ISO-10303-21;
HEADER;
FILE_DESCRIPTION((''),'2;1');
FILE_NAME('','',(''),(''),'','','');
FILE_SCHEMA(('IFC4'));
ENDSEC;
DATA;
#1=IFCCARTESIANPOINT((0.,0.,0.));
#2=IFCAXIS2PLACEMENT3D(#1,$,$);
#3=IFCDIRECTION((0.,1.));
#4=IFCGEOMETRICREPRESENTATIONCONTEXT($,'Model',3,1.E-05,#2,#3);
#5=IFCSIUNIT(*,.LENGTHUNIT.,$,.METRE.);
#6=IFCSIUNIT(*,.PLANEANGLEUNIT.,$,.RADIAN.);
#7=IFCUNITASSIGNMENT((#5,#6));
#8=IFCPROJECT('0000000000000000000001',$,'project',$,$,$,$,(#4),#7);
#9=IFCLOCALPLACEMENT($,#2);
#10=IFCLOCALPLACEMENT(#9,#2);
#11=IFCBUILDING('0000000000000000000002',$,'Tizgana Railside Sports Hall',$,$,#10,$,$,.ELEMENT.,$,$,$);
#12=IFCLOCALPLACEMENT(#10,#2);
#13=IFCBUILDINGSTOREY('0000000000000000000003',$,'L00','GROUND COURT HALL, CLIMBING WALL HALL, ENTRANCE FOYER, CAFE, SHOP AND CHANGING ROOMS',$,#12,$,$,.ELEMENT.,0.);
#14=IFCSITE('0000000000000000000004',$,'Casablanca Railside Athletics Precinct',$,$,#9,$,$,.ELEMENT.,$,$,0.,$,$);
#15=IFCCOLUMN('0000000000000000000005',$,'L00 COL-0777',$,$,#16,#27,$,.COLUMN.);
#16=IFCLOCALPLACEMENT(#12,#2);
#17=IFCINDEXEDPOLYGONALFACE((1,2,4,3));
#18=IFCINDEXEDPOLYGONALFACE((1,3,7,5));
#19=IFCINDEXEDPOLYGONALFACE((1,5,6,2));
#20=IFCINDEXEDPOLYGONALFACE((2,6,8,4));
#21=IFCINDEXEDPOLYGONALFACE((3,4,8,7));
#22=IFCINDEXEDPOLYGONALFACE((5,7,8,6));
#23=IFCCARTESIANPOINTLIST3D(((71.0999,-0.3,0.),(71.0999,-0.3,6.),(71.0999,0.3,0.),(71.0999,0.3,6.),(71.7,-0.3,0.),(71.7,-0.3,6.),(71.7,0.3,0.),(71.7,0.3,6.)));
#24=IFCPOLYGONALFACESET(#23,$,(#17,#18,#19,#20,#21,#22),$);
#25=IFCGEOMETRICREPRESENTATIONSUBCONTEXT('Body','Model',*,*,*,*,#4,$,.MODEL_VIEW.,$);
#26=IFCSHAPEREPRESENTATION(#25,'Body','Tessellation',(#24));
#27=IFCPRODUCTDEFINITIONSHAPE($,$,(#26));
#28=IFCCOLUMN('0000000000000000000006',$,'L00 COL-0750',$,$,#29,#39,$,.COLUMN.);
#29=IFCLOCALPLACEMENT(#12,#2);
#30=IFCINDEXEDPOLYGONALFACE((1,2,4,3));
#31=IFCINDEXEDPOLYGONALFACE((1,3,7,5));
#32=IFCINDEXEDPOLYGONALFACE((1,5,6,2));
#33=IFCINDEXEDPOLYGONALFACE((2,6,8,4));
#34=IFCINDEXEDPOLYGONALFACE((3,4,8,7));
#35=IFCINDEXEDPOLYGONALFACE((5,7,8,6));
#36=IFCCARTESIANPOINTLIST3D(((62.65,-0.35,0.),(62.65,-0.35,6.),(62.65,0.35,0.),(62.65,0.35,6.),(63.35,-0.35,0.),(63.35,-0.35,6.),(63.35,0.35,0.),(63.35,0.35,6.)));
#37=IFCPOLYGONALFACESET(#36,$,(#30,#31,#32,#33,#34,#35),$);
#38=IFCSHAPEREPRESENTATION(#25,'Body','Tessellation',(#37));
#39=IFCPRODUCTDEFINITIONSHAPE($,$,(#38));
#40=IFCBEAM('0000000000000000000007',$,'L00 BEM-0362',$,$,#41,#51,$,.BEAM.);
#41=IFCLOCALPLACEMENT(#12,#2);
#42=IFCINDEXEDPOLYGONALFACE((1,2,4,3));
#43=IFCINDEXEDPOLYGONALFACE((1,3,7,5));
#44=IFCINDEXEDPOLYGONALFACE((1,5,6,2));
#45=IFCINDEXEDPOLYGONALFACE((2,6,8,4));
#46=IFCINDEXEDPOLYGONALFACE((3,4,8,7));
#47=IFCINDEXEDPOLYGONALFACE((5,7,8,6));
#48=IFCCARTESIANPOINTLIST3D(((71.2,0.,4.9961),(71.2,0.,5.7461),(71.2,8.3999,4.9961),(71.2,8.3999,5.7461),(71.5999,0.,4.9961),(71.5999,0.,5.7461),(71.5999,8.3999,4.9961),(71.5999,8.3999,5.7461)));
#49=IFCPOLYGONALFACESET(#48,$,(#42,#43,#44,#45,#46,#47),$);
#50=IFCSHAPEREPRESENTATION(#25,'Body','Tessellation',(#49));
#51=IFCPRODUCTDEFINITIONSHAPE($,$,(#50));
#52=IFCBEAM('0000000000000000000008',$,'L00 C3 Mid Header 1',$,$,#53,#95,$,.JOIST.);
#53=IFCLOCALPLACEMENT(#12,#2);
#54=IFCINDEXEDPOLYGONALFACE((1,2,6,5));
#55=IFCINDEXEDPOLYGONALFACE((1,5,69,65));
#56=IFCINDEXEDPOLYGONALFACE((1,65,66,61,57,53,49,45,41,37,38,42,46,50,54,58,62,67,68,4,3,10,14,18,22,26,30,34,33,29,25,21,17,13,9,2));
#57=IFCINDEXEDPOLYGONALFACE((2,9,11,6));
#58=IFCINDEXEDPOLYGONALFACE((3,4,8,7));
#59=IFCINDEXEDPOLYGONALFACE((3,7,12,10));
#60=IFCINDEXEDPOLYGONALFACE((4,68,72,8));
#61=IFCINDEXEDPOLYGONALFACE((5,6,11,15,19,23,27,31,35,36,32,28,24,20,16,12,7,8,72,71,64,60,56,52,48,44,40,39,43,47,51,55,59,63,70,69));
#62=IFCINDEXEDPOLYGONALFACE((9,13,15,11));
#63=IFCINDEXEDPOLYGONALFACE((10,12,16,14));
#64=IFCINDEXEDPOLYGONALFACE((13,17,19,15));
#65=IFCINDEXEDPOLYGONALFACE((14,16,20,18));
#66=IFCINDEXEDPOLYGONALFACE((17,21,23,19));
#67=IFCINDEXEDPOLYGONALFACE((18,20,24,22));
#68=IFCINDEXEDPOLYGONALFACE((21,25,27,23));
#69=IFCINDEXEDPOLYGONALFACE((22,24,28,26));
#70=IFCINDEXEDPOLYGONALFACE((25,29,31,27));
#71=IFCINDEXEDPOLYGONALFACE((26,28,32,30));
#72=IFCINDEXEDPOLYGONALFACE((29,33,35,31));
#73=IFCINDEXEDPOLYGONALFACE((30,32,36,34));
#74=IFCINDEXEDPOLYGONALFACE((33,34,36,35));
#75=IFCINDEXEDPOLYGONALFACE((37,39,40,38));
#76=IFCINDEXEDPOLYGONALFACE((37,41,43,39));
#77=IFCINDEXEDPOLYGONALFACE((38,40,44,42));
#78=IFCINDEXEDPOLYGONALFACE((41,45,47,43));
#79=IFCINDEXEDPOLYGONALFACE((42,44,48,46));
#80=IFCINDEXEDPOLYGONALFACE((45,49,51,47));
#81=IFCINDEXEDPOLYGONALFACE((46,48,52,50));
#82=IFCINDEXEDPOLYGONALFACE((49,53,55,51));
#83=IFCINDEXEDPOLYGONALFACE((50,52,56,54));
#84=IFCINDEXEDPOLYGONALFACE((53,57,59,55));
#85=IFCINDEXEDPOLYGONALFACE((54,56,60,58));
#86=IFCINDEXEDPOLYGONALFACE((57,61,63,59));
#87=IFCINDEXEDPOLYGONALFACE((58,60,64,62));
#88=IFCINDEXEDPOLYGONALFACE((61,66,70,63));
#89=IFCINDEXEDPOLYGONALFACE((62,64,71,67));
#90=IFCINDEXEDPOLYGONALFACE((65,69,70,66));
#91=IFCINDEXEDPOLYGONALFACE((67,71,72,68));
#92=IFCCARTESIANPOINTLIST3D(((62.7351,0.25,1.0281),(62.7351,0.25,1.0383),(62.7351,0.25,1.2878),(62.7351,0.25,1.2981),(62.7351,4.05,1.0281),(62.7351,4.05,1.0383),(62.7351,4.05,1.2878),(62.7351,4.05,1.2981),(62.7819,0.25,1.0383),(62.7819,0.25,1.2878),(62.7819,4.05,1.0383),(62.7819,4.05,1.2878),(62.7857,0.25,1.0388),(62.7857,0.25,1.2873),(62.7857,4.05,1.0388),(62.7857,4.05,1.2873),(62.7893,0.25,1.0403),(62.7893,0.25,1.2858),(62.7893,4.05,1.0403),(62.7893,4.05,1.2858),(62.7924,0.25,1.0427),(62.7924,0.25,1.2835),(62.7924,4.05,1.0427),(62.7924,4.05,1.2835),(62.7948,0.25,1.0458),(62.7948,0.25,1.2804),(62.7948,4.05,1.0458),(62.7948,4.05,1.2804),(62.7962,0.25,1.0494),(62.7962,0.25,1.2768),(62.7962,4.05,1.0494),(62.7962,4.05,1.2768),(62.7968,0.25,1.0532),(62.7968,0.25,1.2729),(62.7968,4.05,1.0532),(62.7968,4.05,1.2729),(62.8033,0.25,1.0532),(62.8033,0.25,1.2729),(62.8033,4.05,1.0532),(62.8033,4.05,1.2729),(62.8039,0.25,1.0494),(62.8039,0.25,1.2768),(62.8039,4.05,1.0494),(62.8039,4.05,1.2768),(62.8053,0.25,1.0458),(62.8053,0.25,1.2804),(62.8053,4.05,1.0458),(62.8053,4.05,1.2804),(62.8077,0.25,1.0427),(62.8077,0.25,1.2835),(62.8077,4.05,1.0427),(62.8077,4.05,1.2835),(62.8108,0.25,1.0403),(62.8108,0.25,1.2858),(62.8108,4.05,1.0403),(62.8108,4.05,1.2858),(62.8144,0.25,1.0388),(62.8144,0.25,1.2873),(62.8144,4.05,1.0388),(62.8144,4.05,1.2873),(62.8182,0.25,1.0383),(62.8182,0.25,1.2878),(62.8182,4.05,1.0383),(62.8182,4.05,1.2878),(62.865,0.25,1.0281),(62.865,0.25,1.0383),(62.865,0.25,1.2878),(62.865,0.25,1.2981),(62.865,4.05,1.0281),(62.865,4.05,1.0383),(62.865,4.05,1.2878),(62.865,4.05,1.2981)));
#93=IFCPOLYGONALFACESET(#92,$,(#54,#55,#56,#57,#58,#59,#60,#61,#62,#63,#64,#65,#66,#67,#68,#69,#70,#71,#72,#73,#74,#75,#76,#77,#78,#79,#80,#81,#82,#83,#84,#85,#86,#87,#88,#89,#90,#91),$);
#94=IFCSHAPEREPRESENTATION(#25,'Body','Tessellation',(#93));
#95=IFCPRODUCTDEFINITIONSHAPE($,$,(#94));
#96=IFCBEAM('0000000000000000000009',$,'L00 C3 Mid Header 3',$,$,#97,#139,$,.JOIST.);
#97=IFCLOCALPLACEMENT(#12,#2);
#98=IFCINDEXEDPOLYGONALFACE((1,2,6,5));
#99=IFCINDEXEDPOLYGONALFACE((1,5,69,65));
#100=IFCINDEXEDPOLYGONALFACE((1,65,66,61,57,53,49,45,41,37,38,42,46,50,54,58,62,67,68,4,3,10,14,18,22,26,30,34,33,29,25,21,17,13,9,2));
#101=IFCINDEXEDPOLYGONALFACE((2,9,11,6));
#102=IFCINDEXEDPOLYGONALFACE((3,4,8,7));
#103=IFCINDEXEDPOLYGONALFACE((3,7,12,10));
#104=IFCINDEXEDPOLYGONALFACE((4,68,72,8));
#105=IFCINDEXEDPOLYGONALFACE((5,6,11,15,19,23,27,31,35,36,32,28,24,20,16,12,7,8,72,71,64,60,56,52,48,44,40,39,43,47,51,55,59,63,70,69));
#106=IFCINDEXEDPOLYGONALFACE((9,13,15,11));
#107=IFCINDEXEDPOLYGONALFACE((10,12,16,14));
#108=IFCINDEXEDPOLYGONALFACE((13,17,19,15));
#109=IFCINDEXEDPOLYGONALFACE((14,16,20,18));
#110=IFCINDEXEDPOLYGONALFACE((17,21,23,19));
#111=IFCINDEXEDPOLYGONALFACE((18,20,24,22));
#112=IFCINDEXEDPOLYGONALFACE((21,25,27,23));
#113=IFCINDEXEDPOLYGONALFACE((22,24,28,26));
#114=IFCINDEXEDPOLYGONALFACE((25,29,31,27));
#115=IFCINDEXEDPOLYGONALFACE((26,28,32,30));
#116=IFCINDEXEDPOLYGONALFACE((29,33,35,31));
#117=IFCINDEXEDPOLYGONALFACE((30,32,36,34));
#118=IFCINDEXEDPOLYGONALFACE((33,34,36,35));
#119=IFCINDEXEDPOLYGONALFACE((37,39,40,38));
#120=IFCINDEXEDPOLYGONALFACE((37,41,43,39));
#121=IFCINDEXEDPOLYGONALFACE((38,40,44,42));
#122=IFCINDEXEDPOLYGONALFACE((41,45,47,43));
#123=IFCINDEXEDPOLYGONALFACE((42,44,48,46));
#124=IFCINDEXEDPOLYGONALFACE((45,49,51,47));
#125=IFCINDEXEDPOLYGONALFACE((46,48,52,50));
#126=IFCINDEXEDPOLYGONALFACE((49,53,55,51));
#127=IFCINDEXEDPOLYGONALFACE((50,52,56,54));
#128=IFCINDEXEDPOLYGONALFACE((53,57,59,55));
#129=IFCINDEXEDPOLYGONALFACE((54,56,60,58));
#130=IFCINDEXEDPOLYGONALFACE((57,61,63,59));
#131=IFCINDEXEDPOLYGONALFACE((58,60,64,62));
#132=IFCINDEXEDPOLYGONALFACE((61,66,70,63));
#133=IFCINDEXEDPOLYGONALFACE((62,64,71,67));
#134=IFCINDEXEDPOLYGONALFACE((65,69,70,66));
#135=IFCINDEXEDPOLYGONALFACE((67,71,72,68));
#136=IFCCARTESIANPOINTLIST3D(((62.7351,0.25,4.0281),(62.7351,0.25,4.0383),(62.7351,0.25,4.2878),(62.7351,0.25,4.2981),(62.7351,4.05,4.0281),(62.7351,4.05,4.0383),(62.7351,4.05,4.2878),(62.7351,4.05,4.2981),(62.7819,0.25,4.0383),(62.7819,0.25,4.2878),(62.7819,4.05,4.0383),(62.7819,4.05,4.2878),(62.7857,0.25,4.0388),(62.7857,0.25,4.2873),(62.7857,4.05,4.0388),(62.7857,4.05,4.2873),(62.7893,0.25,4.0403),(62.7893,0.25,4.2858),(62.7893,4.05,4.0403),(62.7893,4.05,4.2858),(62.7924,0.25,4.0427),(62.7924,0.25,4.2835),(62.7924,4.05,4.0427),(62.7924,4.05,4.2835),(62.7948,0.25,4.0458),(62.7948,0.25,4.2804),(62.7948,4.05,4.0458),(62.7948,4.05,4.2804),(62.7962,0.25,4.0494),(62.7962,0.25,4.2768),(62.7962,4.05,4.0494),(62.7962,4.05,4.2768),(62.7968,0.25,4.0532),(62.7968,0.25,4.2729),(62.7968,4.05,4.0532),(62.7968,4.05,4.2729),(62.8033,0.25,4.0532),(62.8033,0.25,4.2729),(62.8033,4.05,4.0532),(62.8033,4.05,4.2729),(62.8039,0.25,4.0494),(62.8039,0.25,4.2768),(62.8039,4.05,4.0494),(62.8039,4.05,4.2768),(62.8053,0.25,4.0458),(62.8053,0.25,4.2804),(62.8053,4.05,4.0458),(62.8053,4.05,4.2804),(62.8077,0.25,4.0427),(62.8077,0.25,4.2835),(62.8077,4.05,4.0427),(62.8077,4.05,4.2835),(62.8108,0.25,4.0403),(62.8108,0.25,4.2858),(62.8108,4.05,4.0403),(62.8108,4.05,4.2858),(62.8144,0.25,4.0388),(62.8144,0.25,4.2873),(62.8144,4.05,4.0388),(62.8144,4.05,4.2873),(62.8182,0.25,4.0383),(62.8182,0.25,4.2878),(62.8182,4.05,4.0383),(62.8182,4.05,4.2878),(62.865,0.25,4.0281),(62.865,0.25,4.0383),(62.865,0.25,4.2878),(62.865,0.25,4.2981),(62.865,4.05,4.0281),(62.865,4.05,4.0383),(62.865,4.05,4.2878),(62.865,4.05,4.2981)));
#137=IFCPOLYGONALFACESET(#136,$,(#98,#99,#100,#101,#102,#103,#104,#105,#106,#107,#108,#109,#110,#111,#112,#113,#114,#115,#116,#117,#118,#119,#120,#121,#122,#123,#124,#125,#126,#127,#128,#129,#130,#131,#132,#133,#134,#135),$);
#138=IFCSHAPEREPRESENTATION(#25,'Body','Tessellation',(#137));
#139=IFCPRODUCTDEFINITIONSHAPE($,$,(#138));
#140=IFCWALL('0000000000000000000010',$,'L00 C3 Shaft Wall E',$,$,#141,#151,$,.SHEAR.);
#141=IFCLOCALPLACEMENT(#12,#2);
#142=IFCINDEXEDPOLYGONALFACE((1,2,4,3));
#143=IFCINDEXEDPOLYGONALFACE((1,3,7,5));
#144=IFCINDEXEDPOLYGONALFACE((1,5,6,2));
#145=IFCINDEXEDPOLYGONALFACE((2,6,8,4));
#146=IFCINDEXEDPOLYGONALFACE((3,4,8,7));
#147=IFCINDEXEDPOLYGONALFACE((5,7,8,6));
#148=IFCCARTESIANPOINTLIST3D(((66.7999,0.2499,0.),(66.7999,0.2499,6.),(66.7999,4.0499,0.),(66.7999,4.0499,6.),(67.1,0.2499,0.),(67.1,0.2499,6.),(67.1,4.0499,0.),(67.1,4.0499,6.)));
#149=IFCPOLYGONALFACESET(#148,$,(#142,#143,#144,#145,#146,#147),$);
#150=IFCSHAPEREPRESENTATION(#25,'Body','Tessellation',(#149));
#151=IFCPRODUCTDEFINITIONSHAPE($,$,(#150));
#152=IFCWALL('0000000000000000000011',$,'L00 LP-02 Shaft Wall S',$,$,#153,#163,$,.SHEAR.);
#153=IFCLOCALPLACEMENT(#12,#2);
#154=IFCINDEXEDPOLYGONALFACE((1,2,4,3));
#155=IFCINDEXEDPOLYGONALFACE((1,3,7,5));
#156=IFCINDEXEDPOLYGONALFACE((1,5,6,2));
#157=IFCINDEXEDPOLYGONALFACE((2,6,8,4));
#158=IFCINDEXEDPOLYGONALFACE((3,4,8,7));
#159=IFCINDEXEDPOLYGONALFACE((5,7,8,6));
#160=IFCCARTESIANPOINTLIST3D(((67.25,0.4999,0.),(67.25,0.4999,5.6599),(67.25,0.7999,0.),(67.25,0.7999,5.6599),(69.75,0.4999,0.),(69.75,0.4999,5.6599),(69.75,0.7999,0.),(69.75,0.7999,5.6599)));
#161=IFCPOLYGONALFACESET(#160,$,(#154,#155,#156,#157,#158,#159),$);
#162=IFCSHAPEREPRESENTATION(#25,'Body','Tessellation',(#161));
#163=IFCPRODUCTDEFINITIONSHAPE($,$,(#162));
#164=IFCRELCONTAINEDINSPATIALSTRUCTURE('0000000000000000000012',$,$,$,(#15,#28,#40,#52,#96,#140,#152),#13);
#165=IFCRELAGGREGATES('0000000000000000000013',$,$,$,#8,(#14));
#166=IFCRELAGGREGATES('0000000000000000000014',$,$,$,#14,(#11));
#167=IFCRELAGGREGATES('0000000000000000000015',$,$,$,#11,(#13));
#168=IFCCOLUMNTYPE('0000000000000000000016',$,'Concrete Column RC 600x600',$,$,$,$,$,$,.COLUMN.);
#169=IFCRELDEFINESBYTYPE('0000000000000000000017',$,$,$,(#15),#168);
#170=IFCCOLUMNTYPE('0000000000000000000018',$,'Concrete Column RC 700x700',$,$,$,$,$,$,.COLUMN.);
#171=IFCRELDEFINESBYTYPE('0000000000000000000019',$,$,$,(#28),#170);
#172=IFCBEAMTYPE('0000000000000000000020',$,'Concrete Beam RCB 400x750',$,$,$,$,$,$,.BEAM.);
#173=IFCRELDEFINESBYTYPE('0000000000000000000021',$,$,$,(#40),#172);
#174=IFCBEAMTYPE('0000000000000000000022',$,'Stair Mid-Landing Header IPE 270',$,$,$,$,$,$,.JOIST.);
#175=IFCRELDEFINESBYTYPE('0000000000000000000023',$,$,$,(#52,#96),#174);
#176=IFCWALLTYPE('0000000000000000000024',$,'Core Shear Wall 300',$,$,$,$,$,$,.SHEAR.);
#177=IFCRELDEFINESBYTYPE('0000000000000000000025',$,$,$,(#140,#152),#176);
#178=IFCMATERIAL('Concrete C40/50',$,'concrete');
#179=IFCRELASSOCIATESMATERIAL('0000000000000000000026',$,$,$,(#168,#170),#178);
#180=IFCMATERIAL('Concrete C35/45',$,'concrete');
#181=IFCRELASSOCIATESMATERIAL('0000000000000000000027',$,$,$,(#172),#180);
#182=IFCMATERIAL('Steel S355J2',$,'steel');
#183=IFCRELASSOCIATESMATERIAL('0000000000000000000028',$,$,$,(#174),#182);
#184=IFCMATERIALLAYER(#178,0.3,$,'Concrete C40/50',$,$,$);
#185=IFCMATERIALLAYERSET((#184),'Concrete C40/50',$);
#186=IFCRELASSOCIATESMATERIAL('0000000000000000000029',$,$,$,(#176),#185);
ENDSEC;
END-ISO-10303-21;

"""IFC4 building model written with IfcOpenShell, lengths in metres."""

from ifc_helpers import new_model, si_unit, direction, frame, frame_2d, origin, origin_2d, place, context, subcontext, project, spatial, rectangle, i_section, extrude, material, layer, layer_set, material_profile, profile_set, type_object, element, save


model = new_model("IFC4")

# Units and contexts
model_context = context("Model", 3, precision=1e-05, world=origin(), true_north=direction((0.0, 1.0)))
body_context = subcontext(model_context, "Body", "Model", "MODEL_VIEW")
ifc_project = project(units=[si_unit("LENGTHUNIT", "METRE"), si_unit("PLANEANGLEUNIT", "RADIAN")], contexts=[model_context])

# Site, building, storey
site_placement = place(None, origin())
site = spatial("IfcSite", under=ifc_project, at=site_placement, Name="Casablanca Railside Athletics Precinct", CompositionType="ELEMENT", RefElevation=0.0)
building_placement = place(site_placement, origin())
building = spatial("IfcBuilding", under=site, at=building_placement, Name="Tizgana Railside Sports Hall", CompositionType="ELEMENT")
storey_placement = place(building_placement, origin())
storey = spatial("IfcBuildingStorey", under=building, at=storey_placement, Name="L00", Description="GROUND COURT HALL, CLIMBING WALL HALL, ENTRANCE FOYER, CAFE, SHOP AND CHANGING ROOMS", CompositionType="ELEMENT", Elevation=0.0)

# Columns
ifc_material_1 = material(Name="Concrete C40/50", Category="concrete")
ifc_material_profile_1 = material_profile(ifc_material_1, rectangle(XDim=0.6001, YDim=0.6001, at=origin_2d()), Name="RC 600x600")
ifc_profile_set_1 = profile_set([ifc_material_profile_1], Name="Concrete C40/50")
column_type_1 = type_object("IfcColumnType", Name="Concrete Column RC 600x600", PredefinedType="COLUMN", material=ifc_profile_set_1)
column_1_placement = place(storey_placement, frame((71.3999, 0.0, 0.0), z_axis=(0.0, 0.0, 1.0), x_axis=(1.0, 0.0, 0.0)))
element("IfcColumn", 1, at=column_1_placement, inside=storey, type_object=column_type_1, Name="L00 COL-0777", PredefinedType="COLUMN", context=body_context, shape_type="SweptSolid", body=[
    extrude(rectangle(XDim=0.6001, YDim=0.6001, at=origin_2d()), origin(), (0.0, 0.0, 1.0), 6.0),
])
ifc_material_profile_2 = material_profile(ifc_material_1, rectangle(XDim=0.7, YDim=0.7, at=origin_2d()), Name="RC 700x700")
ifc_profile_set_2 = profile_set([ifc_material_profile_2], Name="Concrete C40/50")
column_type_2 = type_object("IfcColumnType", Name="Concrete Column RC 700x700", PredefinedType="COLUMN", material=ifc_profile_set_2)
column_2_placement = place(storey_placement, frame((63.0, 0.0, 0.0), z_axis=(0.0, 0.0, 1.0), x_axis=(1.0, 0.0, 0.0)))
element("IfcColumn", 2, at=column_2_placement, inside=storey, type_object=column_type_2, Name="L00 COL-0750", PredefinedType="COLUMN", context=body_context, shape_type="SweptSolid", body=[
    extrude(rectangle(XDim=0.7, YDim=0.7, at=origin_2d()), origin(), (0.0, 0.0, 1.0), 6.0),
])

# Beams
ifc_material_2 = material(Name="Concrete C35/45", Category="concrete")
ifc_material_profile_3 = material_profile(ifc_material_2, rectangle(XDim=0.3999, YDim=0.75, at=origin_2d()), Name="RCB 400x750")
ifc_profile_set_3 = profile_set([ifc_material_profile_3], Name="Concrete C35/45")
beam_type_1 = type_object("IfcBeamType", Name="Concrete Beam RCB 400x750", PredefinedType="BEAM", material=ifc_profile_set_3)
beam_placement = place(storey_placement, frame((71.3999, 0.0, 5.3711), z_axis=(0.0, 1.0, 0.0), x_axis=(-1.0, 0.0, 0.0)))
element("IfcBeam", 3, at=beam_placement, inside=storey, type_object=beam_type_1, Name="L00 BEM-0362", PredefinedType="BEAM", context=body_context, shape_type="SweptSolid", body=[
    extrude(rectangle(XDim=0.3999, YDim=0.75, at=origin_2d()), origin(), (0.0, 0.0, 1.0), 8.3999),
])
ifc_material_3 = material(Name="Steel S355J2", Category="steel")
ifc_material_profile_4 = material_profile(ifc_material_3, i_section(OverallWidth=0.1299, OverallDepth=0.27, WebThickness=0.0066, FlangeThickness=0.0103, FilletRadius=0.0149, at=origin_2d()), Name="IPE 270")
ifc_profile_set_4 = profile_set([ifc_material_profile_4], Name="Steel S355J2")
beam_type_2 = type_object("IfcBeamType", Name="Stair Mid-Landing Header IPE 270", PredefinedType="JOIST", material=ifc_profile_set_4)
for number, where, z_axis, x_axis, name in (
    (4, (62.8, 0.25, 1.1631), (0.0, 1.0, 0.0), (-1.0, 0.0, 0.0), "L00 C3 Mid Header 1"),
    (5, (62.8, 0.25, 4.1631), (0.0, 1.0, 0.0), (-1.0, 0.0, 0.0), "L00 C3 Mid Header 3"),
):
    element("IfcBeam", number, at=place(storey_placement, frame(where, z_axis=z_axis, x_axis=x_axis)), inside=storey, type_object=beam_type_2, Name=name, PredefinedType="JOIST", context=body_context, shape_type="SweptSolid", body=[
        extrude(i_section(OverallWidth=0.1299, OverallDepth=0.27, WebThickness=0.0066, FlangeThickness=0.0103, FilletRadius=0.0149, at=origin_2d()), origin(), (0.0, 0.0, 1.0), 3.8),
    ])

# Walls
ifc_layer_1 = layer(ifc_material_1, 0.3, Name="Concrete C40/50")
ifc_layer_set_1 = layer_set([ifc_layer_1], Name="Concrete C40/50")
wall_type_1 = type_object("IfcWallType", Name="Core Shear Wall 300", PredefinedType="SHEAR", material=ifc_layer_set_1)
wall_1_placement = place(storey_placement, frame((66.95, 0.25, 0.0), z_axis=(0.0, 0.0, 1.0), x_axis=(0.0, 1.0, 0.0)))
element("IfcWall", 6, at=wall_1_placement, inside=storey, type_object=wall_type_1, Name="L00 C3 Shaft Wall E", PredefinedType="SHEAR", context=body_context, shape_type="SweptSolid", body=[
    extrude(rectangle(XDim=3.8, YDim=0.3, at=frame_2d((1.8999, 0.0))), origin(), (0.0, 0.0, 1.0), 6.0),
])
wall_2_placement = place(storey_placement, frame((67.25, 0.6499, 0.0), z_axis=(0.0, 0.0, 1.0), x_axis=(1.0, 0.0, 0.0)))
element("IfcWall", 7, at=wall_2_placement, inside=storey, type_object=wall_type_1, Name="L00 LP-02 Shaft Wall S", PredefinedType="SHEAR", context=body_context, shape_type="SweptSolid", body=[
    extrude(rectangle(XDim=2.5, YDim=0.3, at=frame_2d((1.25, 0.0))), origin(), (0.0, 0.0, 1.0), 5.6599),
])

save(model, "model.ifc")
